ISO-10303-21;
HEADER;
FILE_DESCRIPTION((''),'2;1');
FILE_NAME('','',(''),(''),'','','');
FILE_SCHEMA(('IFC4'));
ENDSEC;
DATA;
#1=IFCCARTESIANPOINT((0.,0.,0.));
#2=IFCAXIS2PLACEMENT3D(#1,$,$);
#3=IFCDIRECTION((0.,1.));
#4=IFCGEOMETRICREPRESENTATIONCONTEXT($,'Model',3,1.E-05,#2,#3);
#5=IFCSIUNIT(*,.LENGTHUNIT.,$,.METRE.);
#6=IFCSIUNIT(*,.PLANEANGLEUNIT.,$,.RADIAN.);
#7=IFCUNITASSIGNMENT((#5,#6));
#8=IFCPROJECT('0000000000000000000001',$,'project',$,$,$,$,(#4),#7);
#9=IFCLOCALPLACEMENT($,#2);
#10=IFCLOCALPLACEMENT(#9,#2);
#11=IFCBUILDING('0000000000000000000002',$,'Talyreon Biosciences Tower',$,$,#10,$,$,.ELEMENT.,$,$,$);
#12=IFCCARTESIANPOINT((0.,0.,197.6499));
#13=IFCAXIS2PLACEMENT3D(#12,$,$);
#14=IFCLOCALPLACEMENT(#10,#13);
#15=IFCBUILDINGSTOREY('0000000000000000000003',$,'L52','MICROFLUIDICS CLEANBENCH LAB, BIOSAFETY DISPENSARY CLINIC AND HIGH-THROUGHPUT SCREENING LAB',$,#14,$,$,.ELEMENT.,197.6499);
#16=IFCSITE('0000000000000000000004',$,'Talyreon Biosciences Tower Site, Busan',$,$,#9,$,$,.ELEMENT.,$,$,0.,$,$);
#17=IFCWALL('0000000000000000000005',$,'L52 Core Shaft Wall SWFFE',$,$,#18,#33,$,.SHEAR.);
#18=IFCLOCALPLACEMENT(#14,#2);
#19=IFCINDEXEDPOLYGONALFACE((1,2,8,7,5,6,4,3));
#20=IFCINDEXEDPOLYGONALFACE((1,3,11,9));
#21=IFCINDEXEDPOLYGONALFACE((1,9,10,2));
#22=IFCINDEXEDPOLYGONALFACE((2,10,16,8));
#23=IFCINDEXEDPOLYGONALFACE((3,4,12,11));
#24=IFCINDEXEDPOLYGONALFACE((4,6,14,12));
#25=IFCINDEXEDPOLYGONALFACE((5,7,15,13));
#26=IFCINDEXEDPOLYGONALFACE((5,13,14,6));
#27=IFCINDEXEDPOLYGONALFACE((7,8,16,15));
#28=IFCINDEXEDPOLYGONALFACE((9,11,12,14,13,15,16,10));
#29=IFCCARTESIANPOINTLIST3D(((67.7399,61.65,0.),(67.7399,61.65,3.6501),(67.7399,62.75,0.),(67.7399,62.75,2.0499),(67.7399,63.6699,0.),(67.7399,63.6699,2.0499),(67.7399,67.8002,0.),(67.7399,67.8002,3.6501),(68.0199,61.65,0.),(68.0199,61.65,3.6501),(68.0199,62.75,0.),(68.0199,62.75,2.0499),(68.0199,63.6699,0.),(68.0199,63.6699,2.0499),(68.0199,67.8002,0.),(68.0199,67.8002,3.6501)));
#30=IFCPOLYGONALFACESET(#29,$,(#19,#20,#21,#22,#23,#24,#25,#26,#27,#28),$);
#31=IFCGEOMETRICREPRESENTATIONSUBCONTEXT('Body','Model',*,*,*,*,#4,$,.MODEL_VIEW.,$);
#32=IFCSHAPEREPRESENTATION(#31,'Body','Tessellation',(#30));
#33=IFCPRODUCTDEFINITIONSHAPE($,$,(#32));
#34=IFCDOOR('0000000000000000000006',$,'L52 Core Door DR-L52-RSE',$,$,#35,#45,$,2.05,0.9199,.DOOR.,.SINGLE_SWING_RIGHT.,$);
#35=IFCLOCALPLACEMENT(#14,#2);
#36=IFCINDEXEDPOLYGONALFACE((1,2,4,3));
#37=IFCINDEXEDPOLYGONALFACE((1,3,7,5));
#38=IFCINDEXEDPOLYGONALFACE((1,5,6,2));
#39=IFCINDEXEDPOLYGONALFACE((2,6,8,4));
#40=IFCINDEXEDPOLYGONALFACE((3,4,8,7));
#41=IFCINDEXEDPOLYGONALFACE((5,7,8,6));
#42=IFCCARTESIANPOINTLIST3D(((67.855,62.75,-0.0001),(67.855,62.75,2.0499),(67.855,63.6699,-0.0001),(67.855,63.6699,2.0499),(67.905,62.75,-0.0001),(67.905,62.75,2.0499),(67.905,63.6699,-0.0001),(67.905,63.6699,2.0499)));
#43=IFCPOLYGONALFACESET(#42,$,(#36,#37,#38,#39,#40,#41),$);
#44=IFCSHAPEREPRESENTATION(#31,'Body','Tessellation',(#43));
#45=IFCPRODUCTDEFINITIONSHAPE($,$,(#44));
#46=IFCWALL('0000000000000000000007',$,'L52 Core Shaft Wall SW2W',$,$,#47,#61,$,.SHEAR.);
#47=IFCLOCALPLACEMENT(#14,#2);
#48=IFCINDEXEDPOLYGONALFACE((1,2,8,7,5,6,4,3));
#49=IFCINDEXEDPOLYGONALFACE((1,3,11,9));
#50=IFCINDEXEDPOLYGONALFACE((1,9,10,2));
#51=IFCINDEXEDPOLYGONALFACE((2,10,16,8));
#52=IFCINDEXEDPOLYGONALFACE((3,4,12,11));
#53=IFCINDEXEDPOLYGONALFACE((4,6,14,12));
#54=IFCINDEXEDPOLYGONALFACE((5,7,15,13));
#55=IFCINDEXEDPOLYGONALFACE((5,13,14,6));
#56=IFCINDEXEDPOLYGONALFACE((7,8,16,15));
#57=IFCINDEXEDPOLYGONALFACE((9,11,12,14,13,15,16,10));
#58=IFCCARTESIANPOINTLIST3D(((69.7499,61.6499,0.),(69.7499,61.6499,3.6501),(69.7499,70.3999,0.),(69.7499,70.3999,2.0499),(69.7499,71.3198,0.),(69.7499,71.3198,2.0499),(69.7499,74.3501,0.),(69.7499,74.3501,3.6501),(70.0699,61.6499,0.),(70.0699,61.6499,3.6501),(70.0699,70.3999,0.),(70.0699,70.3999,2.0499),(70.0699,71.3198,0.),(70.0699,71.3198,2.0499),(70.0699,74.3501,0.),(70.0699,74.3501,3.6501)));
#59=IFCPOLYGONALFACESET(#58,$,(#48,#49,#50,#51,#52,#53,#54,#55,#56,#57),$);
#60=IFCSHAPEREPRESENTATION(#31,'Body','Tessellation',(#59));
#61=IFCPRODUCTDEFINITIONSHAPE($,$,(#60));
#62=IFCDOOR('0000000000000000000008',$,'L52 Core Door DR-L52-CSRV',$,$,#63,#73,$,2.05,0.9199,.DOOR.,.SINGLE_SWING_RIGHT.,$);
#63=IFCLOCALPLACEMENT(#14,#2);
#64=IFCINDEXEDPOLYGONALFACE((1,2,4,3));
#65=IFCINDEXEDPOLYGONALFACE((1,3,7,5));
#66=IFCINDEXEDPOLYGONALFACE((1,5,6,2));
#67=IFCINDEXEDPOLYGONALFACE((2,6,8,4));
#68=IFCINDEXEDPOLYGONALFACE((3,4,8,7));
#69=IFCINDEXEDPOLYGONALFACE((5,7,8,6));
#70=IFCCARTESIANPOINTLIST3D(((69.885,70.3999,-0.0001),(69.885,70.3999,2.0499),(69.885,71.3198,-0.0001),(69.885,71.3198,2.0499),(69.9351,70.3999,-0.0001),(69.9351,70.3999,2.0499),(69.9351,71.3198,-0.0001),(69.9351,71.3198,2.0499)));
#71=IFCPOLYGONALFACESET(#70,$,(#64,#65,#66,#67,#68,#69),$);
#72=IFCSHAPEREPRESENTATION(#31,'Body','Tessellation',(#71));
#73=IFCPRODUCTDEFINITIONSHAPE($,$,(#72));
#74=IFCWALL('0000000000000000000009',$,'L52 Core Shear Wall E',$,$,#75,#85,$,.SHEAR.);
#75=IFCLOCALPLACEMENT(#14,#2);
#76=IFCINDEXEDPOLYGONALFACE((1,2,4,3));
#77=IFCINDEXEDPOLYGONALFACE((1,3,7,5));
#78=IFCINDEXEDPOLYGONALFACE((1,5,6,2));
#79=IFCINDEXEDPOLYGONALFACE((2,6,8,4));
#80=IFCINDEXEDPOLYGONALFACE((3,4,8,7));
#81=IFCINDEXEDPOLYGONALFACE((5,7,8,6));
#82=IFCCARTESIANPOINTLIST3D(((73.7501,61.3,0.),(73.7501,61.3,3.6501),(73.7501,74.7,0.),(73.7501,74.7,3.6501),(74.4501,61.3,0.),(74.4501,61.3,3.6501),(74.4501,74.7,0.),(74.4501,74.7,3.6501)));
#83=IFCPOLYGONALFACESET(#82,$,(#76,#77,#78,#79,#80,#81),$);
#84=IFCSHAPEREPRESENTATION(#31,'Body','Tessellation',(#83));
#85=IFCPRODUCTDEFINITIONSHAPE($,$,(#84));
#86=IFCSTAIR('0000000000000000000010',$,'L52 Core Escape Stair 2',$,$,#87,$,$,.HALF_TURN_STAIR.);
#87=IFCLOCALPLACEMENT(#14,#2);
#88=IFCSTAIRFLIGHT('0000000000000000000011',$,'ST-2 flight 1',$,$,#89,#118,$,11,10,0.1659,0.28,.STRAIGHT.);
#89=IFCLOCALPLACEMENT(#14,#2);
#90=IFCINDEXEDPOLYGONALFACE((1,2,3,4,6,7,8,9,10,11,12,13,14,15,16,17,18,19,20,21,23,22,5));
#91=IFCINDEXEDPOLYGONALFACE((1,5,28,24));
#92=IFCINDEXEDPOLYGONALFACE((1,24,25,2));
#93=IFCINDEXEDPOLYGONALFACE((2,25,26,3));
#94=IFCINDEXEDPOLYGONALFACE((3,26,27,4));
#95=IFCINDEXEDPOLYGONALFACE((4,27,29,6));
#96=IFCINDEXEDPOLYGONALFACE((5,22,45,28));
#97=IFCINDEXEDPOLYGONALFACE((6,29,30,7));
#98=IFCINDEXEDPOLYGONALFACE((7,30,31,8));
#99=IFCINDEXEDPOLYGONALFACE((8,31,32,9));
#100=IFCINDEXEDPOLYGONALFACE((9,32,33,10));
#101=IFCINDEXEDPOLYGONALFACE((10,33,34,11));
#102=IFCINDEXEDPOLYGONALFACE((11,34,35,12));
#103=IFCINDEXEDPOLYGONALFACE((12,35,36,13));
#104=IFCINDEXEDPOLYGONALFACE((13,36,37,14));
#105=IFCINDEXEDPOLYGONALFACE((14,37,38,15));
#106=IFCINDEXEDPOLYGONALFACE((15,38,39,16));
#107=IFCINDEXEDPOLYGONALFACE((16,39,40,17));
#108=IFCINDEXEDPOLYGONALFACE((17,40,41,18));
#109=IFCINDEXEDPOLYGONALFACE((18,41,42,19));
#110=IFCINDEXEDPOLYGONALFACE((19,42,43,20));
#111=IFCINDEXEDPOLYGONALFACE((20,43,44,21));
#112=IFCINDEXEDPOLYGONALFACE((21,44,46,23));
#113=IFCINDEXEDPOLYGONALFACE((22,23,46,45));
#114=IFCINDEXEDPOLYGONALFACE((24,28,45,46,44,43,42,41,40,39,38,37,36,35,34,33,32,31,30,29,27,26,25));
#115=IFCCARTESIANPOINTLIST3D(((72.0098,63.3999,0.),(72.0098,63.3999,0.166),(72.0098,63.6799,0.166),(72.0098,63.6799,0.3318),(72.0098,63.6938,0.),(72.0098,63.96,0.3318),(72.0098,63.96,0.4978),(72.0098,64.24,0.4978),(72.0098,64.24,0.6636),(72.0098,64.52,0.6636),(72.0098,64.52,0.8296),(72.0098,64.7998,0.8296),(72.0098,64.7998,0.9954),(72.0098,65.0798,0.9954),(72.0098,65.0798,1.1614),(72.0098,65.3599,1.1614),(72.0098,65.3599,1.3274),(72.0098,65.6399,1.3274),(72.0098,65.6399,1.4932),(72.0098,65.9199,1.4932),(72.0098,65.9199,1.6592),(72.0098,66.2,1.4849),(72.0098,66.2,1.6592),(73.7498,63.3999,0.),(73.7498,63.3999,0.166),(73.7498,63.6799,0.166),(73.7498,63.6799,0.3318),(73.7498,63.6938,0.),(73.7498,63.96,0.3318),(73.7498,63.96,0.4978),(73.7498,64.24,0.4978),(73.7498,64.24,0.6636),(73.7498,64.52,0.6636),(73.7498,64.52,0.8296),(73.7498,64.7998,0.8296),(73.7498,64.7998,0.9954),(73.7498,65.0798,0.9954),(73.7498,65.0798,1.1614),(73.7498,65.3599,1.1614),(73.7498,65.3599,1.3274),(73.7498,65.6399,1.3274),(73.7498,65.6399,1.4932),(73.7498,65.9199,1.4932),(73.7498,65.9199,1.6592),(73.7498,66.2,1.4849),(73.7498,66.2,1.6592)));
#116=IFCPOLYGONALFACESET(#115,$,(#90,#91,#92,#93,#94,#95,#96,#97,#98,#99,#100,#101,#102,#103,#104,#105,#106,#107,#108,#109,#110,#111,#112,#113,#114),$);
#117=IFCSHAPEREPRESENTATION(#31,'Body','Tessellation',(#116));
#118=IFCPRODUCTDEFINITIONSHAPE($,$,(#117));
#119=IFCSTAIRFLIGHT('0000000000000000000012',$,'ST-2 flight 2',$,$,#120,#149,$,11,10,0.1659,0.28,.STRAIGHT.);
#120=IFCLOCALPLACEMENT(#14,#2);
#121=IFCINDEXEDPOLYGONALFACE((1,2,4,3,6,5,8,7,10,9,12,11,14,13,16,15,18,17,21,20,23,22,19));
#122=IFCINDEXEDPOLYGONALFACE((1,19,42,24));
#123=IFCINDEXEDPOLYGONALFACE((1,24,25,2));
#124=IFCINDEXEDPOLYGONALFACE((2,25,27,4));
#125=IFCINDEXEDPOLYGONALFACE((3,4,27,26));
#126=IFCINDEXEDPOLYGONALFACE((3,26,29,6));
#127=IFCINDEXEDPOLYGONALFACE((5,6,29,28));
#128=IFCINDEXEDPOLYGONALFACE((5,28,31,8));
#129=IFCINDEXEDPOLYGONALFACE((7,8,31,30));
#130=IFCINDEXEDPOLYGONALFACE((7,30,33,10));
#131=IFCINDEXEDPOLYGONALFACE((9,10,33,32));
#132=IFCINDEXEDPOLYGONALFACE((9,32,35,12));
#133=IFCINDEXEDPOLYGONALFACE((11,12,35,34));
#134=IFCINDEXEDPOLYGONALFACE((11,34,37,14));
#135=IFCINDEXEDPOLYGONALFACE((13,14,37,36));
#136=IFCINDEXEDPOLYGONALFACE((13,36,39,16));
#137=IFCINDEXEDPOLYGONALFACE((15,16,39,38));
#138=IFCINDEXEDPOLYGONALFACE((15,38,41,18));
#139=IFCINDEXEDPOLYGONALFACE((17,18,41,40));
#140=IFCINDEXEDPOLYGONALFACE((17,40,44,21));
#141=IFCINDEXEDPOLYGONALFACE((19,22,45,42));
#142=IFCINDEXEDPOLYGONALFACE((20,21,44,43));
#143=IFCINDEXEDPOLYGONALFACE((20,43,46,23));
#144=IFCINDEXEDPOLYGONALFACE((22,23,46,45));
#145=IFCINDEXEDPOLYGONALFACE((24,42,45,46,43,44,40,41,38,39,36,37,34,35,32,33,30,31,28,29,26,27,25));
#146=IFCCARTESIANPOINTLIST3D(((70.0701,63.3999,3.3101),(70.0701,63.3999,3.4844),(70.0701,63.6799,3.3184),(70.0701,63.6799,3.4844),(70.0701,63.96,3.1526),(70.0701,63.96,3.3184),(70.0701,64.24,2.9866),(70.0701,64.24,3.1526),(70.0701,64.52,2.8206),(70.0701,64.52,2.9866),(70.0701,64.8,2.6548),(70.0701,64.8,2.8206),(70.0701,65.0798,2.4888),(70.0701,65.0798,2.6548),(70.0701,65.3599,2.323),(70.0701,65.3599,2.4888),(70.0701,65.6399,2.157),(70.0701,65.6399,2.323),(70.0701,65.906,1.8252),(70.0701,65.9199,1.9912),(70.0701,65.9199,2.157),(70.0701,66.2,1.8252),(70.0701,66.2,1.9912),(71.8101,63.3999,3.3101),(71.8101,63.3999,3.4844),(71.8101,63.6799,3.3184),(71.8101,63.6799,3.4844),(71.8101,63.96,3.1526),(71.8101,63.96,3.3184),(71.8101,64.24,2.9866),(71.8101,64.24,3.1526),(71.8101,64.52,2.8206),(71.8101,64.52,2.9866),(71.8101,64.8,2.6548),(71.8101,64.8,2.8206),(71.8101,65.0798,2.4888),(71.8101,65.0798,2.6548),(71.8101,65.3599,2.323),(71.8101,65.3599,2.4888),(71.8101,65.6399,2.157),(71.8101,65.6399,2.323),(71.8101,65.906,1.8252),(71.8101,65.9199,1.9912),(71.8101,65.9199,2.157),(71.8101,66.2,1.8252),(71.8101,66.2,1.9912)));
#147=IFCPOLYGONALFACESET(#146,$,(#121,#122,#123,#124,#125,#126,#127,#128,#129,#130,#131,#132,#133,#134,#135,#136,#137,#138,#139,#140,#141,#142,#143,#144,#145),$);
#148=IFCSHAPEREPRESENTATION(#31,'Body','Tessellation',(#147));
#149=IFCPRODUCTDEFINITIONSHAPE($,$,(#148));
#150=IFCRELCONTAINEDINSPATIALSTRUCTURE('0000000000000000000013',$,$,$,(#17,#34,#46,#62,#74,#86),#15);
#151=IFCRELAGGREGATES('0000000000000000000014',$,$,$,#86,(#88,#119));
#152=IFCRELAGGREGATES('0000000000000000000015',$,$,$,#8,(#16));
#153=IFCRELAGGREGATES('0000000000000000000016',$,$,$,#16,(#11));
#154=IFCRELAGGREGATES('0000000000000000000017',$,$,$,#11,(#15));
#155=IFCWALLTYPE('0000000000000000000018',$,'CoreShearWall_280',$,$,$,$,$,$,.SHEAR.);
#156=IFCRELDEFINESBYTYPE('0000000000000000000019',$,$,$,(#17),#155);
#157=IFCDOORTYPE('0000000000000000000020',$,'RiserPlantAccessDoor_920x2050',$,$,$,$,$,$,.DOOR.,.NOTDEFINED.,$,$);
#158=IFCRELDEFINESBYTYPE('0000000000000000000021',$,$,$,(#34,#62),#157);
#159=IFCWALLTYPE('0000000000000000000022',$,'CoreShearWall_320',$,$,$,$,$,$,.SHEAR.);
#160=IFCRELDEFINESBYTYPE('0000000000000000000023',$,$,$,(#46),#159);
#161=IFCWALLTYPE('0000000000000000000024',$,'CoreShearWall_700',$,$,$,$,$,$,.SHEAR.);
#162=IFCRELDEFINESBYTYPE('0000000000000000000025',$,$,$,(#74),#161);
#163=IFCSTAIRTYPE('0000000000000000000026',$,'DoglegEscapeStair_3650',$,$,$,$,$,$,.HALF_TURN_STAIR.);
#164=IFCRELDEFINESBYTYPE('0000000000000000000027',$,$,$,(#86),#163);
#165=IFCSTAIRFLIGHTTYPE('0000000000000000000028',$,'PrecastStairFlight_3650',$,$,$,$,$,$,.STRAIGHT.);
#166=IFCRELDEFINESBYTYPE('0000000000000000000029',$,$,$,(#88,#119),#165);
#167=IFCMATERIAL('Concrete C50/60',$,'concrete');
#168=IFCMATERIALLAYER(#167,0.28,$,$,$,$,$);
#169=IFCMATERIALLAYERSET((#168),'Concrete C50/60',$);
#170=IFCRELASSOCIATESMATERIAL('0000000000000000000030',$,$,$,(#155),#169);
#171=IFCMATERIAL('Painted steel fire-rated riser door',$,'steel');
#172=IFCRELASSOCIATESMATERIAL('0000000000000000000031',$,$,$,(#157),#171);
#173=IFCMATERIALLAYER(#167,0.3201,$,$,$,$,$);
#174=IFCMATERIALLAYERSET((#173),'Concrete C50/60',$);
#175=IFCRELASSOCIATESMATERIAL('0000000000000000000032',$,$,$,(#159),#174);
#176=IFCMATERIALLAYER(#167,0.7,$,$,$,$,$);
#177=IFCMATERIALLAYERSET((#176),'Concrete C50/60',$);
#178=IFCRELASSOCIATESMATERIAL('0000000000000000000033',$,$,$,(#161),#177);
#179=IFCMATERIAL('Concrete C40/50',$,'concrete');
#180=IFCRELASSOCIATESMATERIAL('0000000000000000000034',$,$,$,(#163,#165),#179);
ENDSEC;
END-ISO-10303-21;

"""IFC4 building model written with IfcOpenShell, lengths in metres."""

from ifc_helpers import new_model, si_unit, direction, frame, frame_2d, origin, place, context, subcontext, project, spatial, polyline, rectangle, outline, extrude, material, layer, layer_set, type_object, element, fill, aggregate, save


model = new_model("IFC4")

# Units and contexts
model_context = context("Model", 3, precision=1e-05, world=origin(), true_north=direction((0.0, 1.0)))
body_context = subcontext(model_context, "Body", "Model", "MODEL_VIEW")
ifc_project = project(units=[si_unit("LENGTHUNIT", "METRE"), si_unit("PLANEANGLEUNIT", "RADIAN")], contexts=[model_context])

# Site, building, storey
site_placement = place(None, origin())
site = spatial("IfcSite", under=ifc_project, at=site_placement, Name="Talyreon Biosciences Tower Site, Busan", CompositionType="ELEMENT", RefElevation=0.0)
building_placement = place(site_placement, origin())
building = spatial("IfcBuilding", under=site, at=building_placement, Name="Talyreon Biosciences Tower", CompositionType="ELEMENT")
storey_placement = place(building_placement, frame((0.0, 0.0, 197.6499)))
storey = spatial("IfcBuildingStorey", under=building, at=storey_placement, Name="L52", Description="MICROFLUIDICS CLEANBENCH LAB, BIOSAFETY DISPENSARY CLINIC AND HIGH-THROUGHPUT SCREENING LAB", CompositionType="ELEMENT", Elevation=197.6499)

# Shared definitions
ifc_material_1 = material(Name="Concrete C50/60", Category="concrete")

# Walls, openings, doors
ifc_layer_1 = layer(ifc_material_1, 0.28)
ifc_layer_set_1 = layer_set([ifc_layer_1], Name="Concrete C50/60")
wall_type_1 = type_object("IfcWallType", Name="CoreShearWall_280", PredefinedType="SHEAR", material=ifc_layer_set_1)
wall_1_placement = place(storey_placement, frame((67.8799, 61.6499, 0.0), z_axis=(0.0, 0.0, 1.0), x_axis=(0.0, 1.0, 0.0)))
wall_1 = element("IfcWall", 1, at=wall_1_placement, inside=storey, type_object=wall_type_1, Name="L52 Core Shaft Wall SWFFE", PredefinedType="SHEAR", context=body_context, shape_type="SweptSolid", body=[
    extrude(rectangle(XDim=6.1501, YDim=0.28, at=frame_2d((3.0752, 0.0))), origin(), (0.0, 0.0, 1.0), 3.6501),
])
opening_1_placement = place(wall_1_placement, frame((1.1001, 0.0, 0.0)))
opening_1 = element("IfcOpeningElement", 2, at=opening_1_placement, cuts=wall_1, PredefinedType="OPENING", context=body_context, shape_type="SweptSolid", body=[
    extrude(rectangle(XDim=0.9199, YDim=2.05, at=frame_2d((0.46, 1.0249))), frame((0.0, 0.1499, 0.0), z_axis=(0.0, -1.0, 0.0), x_axis=(1.0, 0.0, 0.0)), (0.0, 0.0, 1.0), 0.3),
])
ifc_material_2 = material(Name="Painted steel fire-rated riser door", Category="steel")
door_type = type_object("IfcDoorType", Name="RiserPlantAccessDoor_920x2050", OperationType="NOTDEFINED", PredefinedType="DOOR", material=ifc_material_2)
door_1_placement = place(opening_1_placement, origin())
door_1 = element("IfcDoor", 3, at=door_1_placement, inside=storey, type_object=door_type, Name="L52 Core Door DR-L52-RSE", OperationType="SINGLE_SWING_RIGHT", OverallHeight=2.05, OverallWidth=0.9199, PredefinedType="DOOR", context=body_context, shape_type="SweptSolid", body=[
    extrude(rectangle(XDim=0.9199, YDim=2.05, at=frame_2d((0.46, 1.0249))), frame((0.0, 0.0249, 0.0), z_axis=(0.0, -1.0, 0.0), x_axis=(1.0, 0.0, 0.0)), (0.0, 0.0, 1.0), 0.05),
])
fill(opening_1, door_1)
ifc_layer_2 = layer(ifc_material_1, 0.3201)
ifc_layer_set_2 = layer_set([ifc_layer_2], Name="Concrete C50/60")
wall_type_2 = type_object("IfcWallType", Name="CoreShearWall_320", PredefinedType="SHEAR", material=ifc_layer_set_2)
wall_2_placement = place(storey_placement, frame((69.9099, 61.6499, 0.0), z_axis=(0.0, 0.0, 1.0), x_axis=(0.0, 1.0, 0.0)))
wall_2 = element("IfcWall", 4, at=wall_2_placement, inside=storey, type_object=wall_type_2, Name="L52 Core Shaft Wall SW2W", PredefinedType="SHEAR", context=body_context, shape_type="SweptSolid", body=[
    extrude(rectangle(XDim=12.7002, YDim=0.3201, at=frame_2d((6.3501, 0.0))), origin(), (0.0, 0.0, 1.0), 3.6501),
])
opening_2_placement = place(wall_2_placement, frame((8.75, 0.0, 0.0)))
opening_2 = element("IfcOpeningElement", 5, at=opening_2_placement, cuts=wall_2, PredefinedType="OPENING", context=body_context, shape_type="SweptSolid", body=[
    extrude(rectangle(XDim=0.9199, YDim=2.05, at=frame_2d((0.46, 1.0249))), frame((0.0, 0.1699, 0.0), z_axis=(0.0, -1.0, 0.0), x_axis=(1.0, 0.0, 0.0)), (0.0, 0.0, 1.0), 0.3401),
])
door_2_placement = place(opening_2_placement, origin())
door_2 = element("IfcDoor", 6, at=door_2_placement, inside=storey, type_object=door_type, Name="L52 Core Door DR-L52-CSRV", OperationType="SINGLE_SWING_RIGHT", OverallHeight=2.05, OverallWidth=0.9199, PredefinedType="DOOR", context=body_context, shape_type="SweptSolid", body=[
    extrude(rectangle(XDim=0.9199, YDim=2.05, at=frame_2d((0.46, 1.0249))), frame((0.0, 0.0249, 0.0), z_axis=(0.0, -1.0, 0.0), x_axis=(1.0, 0.0, 0.0)), (0.0, 0.0, 1.0), 0.05),
])
fill(opening_2, door_2)

# Wall
ifc_layer_3 = layer(ifc_material_1, 0.7)
ifc_layer_set_3 = layer_set([ifc_layer_3], Name="Concrete C50/60")
wall_type_3 = type_object("IfcWallType", Name="CoreShearWall_700", PredefinedType="SHEAR", material=ifc_layer_set_3)
wall_3_placement = place(storey_placement, frame((74.1001, 61.3, 0.0), z_axis=(0.0, 0.0, 1.0), x_axis=(0.0, 1.0, 0.0)))
element("IfcWall", 7, at=wall_3_placement, inside=storey, type_object=wall_type_3, Name="L52 Core Shear Wall E", PredefinedType="SHEAR", context=body_context, shape_type="SweptSolid", body=[
    extrude(rectangle(XDim=13.3999, YDim=0.7, at=frame_2d((6.7, 0.0))), origin(), (0.0, 0.0, 1.0), 3.6501),
])

# Stair, stair flights
ifc_material_3 = material(Name="Concrete C40/50", Category="concrete")
stair_type = type_object("IfcStairType", Name="DoglegEscapeStair_3650", PredefinedType="HALF_TURN_STAIR", material=ifc_material_3)
stair_placement = place(storey_placement, origin())
stair = element("IfcStair", 8, at=stair_placement, inside=storey, type_object=stair_type, Name="L52 Core Escape Stair 2", PredefinedType="HALF_TURN_STAIR")
stair_flight_type = type_object("IfcStairFlightType", Name="PrecastStairFlight_3650", PredefinedType="STRAIGHT", material=ifc_material_3)
stair_flight_1_placement = place(storey_placement, frame((72.8799, 63.3999, 0.0), z_axis=(0.0, 0.0, 1.0), x_axis=(0.0, 1.0, 0.0)))
stair_flight_1 = element("IfcStairFlight", 9, at=stair_flight_1_placement, type_object=stair_flight_type, Name="ST-2 flight 1", NumberOfRisers=11, NumberOfTreads=10, PredefinedType="STRAIGHT", RiserHeight=0.1659, TreadLength=0.28, context=body_context, shape_type="SweptSolid", body=[
    extrude(outline(polyline([(0.0, 0.0), (0.0, 0.166), (0.28, 0.166), (0.28, 0.3318), (0.5601, 0.3318), (0.5601, 0.4978), (0.8401, 0.4978), (0.8401, 0.6636), (1.1201, 0.6636), (1.1201, 0.8296), (1.3999, 0.8296), (1.3999, 0.9954), (1.6799, 0.9954), (1.6799, 1.1614), (1.96, 1.1614), (1.96, 1.3274), (2.24, 1.3274), (2.24, 1.4932), (2.52, 1.4932), (2.52, 1.6592), (2.8, 1.6592), (2.8, 1.825), (2.8, 1.4849), (0.2939, 0.0), (0.0, 0.0)])), frame((0.0, 0.8701, 0.0), z_axis=(0.0, -1.0, 0.0), x_axis=(1.0, 0.0, 0.0)), (0.0, 0.0, 1.0), 1.74),
])
stair_flight_2_placement = place(storey_placement, frame((70.9399, 66.2, 1.8252), z_axis=(0.0, 0.0, 1.0), x_axis=(0.0, -1.0, 0.0)))
stair_flight_2 = element("IfcStairFlight", 10, at=stair_flight_2_placement, type_object=stair_flight_type, Name="ST-2 flight 2", NumberOfRisers=11, NumberOfTreads=10, PredefinedType="STRAIGHT", RiserHeight=0.1659, TreadLength=0.28, context=body_context, shape_type="SweptSolid", body=[
    extrude(outline(polyline([(0.0, 0.0), (0.0, 0.166), (0.28, 0.166), (0.28, 0.3318), (0.5601, 0.3318), (0.5601, 0.4978), (0.8401, 0.4978), (0.8401, 0.6636), (1.1201, 0.6636), (1.1201, 0.8296), (1.3999, 0.8296), (1.3999, 0.9954), (1.6799, 0.9954), (1.6799, 1.1614), (1.96, 1.1614), (1.96, 1.3274), (2.24, 1.3274), (2.24, 1.4932), (2.52, 1.4932), (2.52, 1.6592), (2.8, 1.6592), (2.8, 1.825), (2.8, 1.4849), (0.2939, 0.0), (0.0, 0.0)])), frame((0.0, 0.8701, 0.0), z_axis=(0.0, -1.0, 0.0), x_axis=(1.0, 0.0, 0.0)), (0.0, 0.0, 1.0), 1.74),
])
aggregate(stair, [stair_flight_1, stair_flight_2])

save(model, "model.ifc")
